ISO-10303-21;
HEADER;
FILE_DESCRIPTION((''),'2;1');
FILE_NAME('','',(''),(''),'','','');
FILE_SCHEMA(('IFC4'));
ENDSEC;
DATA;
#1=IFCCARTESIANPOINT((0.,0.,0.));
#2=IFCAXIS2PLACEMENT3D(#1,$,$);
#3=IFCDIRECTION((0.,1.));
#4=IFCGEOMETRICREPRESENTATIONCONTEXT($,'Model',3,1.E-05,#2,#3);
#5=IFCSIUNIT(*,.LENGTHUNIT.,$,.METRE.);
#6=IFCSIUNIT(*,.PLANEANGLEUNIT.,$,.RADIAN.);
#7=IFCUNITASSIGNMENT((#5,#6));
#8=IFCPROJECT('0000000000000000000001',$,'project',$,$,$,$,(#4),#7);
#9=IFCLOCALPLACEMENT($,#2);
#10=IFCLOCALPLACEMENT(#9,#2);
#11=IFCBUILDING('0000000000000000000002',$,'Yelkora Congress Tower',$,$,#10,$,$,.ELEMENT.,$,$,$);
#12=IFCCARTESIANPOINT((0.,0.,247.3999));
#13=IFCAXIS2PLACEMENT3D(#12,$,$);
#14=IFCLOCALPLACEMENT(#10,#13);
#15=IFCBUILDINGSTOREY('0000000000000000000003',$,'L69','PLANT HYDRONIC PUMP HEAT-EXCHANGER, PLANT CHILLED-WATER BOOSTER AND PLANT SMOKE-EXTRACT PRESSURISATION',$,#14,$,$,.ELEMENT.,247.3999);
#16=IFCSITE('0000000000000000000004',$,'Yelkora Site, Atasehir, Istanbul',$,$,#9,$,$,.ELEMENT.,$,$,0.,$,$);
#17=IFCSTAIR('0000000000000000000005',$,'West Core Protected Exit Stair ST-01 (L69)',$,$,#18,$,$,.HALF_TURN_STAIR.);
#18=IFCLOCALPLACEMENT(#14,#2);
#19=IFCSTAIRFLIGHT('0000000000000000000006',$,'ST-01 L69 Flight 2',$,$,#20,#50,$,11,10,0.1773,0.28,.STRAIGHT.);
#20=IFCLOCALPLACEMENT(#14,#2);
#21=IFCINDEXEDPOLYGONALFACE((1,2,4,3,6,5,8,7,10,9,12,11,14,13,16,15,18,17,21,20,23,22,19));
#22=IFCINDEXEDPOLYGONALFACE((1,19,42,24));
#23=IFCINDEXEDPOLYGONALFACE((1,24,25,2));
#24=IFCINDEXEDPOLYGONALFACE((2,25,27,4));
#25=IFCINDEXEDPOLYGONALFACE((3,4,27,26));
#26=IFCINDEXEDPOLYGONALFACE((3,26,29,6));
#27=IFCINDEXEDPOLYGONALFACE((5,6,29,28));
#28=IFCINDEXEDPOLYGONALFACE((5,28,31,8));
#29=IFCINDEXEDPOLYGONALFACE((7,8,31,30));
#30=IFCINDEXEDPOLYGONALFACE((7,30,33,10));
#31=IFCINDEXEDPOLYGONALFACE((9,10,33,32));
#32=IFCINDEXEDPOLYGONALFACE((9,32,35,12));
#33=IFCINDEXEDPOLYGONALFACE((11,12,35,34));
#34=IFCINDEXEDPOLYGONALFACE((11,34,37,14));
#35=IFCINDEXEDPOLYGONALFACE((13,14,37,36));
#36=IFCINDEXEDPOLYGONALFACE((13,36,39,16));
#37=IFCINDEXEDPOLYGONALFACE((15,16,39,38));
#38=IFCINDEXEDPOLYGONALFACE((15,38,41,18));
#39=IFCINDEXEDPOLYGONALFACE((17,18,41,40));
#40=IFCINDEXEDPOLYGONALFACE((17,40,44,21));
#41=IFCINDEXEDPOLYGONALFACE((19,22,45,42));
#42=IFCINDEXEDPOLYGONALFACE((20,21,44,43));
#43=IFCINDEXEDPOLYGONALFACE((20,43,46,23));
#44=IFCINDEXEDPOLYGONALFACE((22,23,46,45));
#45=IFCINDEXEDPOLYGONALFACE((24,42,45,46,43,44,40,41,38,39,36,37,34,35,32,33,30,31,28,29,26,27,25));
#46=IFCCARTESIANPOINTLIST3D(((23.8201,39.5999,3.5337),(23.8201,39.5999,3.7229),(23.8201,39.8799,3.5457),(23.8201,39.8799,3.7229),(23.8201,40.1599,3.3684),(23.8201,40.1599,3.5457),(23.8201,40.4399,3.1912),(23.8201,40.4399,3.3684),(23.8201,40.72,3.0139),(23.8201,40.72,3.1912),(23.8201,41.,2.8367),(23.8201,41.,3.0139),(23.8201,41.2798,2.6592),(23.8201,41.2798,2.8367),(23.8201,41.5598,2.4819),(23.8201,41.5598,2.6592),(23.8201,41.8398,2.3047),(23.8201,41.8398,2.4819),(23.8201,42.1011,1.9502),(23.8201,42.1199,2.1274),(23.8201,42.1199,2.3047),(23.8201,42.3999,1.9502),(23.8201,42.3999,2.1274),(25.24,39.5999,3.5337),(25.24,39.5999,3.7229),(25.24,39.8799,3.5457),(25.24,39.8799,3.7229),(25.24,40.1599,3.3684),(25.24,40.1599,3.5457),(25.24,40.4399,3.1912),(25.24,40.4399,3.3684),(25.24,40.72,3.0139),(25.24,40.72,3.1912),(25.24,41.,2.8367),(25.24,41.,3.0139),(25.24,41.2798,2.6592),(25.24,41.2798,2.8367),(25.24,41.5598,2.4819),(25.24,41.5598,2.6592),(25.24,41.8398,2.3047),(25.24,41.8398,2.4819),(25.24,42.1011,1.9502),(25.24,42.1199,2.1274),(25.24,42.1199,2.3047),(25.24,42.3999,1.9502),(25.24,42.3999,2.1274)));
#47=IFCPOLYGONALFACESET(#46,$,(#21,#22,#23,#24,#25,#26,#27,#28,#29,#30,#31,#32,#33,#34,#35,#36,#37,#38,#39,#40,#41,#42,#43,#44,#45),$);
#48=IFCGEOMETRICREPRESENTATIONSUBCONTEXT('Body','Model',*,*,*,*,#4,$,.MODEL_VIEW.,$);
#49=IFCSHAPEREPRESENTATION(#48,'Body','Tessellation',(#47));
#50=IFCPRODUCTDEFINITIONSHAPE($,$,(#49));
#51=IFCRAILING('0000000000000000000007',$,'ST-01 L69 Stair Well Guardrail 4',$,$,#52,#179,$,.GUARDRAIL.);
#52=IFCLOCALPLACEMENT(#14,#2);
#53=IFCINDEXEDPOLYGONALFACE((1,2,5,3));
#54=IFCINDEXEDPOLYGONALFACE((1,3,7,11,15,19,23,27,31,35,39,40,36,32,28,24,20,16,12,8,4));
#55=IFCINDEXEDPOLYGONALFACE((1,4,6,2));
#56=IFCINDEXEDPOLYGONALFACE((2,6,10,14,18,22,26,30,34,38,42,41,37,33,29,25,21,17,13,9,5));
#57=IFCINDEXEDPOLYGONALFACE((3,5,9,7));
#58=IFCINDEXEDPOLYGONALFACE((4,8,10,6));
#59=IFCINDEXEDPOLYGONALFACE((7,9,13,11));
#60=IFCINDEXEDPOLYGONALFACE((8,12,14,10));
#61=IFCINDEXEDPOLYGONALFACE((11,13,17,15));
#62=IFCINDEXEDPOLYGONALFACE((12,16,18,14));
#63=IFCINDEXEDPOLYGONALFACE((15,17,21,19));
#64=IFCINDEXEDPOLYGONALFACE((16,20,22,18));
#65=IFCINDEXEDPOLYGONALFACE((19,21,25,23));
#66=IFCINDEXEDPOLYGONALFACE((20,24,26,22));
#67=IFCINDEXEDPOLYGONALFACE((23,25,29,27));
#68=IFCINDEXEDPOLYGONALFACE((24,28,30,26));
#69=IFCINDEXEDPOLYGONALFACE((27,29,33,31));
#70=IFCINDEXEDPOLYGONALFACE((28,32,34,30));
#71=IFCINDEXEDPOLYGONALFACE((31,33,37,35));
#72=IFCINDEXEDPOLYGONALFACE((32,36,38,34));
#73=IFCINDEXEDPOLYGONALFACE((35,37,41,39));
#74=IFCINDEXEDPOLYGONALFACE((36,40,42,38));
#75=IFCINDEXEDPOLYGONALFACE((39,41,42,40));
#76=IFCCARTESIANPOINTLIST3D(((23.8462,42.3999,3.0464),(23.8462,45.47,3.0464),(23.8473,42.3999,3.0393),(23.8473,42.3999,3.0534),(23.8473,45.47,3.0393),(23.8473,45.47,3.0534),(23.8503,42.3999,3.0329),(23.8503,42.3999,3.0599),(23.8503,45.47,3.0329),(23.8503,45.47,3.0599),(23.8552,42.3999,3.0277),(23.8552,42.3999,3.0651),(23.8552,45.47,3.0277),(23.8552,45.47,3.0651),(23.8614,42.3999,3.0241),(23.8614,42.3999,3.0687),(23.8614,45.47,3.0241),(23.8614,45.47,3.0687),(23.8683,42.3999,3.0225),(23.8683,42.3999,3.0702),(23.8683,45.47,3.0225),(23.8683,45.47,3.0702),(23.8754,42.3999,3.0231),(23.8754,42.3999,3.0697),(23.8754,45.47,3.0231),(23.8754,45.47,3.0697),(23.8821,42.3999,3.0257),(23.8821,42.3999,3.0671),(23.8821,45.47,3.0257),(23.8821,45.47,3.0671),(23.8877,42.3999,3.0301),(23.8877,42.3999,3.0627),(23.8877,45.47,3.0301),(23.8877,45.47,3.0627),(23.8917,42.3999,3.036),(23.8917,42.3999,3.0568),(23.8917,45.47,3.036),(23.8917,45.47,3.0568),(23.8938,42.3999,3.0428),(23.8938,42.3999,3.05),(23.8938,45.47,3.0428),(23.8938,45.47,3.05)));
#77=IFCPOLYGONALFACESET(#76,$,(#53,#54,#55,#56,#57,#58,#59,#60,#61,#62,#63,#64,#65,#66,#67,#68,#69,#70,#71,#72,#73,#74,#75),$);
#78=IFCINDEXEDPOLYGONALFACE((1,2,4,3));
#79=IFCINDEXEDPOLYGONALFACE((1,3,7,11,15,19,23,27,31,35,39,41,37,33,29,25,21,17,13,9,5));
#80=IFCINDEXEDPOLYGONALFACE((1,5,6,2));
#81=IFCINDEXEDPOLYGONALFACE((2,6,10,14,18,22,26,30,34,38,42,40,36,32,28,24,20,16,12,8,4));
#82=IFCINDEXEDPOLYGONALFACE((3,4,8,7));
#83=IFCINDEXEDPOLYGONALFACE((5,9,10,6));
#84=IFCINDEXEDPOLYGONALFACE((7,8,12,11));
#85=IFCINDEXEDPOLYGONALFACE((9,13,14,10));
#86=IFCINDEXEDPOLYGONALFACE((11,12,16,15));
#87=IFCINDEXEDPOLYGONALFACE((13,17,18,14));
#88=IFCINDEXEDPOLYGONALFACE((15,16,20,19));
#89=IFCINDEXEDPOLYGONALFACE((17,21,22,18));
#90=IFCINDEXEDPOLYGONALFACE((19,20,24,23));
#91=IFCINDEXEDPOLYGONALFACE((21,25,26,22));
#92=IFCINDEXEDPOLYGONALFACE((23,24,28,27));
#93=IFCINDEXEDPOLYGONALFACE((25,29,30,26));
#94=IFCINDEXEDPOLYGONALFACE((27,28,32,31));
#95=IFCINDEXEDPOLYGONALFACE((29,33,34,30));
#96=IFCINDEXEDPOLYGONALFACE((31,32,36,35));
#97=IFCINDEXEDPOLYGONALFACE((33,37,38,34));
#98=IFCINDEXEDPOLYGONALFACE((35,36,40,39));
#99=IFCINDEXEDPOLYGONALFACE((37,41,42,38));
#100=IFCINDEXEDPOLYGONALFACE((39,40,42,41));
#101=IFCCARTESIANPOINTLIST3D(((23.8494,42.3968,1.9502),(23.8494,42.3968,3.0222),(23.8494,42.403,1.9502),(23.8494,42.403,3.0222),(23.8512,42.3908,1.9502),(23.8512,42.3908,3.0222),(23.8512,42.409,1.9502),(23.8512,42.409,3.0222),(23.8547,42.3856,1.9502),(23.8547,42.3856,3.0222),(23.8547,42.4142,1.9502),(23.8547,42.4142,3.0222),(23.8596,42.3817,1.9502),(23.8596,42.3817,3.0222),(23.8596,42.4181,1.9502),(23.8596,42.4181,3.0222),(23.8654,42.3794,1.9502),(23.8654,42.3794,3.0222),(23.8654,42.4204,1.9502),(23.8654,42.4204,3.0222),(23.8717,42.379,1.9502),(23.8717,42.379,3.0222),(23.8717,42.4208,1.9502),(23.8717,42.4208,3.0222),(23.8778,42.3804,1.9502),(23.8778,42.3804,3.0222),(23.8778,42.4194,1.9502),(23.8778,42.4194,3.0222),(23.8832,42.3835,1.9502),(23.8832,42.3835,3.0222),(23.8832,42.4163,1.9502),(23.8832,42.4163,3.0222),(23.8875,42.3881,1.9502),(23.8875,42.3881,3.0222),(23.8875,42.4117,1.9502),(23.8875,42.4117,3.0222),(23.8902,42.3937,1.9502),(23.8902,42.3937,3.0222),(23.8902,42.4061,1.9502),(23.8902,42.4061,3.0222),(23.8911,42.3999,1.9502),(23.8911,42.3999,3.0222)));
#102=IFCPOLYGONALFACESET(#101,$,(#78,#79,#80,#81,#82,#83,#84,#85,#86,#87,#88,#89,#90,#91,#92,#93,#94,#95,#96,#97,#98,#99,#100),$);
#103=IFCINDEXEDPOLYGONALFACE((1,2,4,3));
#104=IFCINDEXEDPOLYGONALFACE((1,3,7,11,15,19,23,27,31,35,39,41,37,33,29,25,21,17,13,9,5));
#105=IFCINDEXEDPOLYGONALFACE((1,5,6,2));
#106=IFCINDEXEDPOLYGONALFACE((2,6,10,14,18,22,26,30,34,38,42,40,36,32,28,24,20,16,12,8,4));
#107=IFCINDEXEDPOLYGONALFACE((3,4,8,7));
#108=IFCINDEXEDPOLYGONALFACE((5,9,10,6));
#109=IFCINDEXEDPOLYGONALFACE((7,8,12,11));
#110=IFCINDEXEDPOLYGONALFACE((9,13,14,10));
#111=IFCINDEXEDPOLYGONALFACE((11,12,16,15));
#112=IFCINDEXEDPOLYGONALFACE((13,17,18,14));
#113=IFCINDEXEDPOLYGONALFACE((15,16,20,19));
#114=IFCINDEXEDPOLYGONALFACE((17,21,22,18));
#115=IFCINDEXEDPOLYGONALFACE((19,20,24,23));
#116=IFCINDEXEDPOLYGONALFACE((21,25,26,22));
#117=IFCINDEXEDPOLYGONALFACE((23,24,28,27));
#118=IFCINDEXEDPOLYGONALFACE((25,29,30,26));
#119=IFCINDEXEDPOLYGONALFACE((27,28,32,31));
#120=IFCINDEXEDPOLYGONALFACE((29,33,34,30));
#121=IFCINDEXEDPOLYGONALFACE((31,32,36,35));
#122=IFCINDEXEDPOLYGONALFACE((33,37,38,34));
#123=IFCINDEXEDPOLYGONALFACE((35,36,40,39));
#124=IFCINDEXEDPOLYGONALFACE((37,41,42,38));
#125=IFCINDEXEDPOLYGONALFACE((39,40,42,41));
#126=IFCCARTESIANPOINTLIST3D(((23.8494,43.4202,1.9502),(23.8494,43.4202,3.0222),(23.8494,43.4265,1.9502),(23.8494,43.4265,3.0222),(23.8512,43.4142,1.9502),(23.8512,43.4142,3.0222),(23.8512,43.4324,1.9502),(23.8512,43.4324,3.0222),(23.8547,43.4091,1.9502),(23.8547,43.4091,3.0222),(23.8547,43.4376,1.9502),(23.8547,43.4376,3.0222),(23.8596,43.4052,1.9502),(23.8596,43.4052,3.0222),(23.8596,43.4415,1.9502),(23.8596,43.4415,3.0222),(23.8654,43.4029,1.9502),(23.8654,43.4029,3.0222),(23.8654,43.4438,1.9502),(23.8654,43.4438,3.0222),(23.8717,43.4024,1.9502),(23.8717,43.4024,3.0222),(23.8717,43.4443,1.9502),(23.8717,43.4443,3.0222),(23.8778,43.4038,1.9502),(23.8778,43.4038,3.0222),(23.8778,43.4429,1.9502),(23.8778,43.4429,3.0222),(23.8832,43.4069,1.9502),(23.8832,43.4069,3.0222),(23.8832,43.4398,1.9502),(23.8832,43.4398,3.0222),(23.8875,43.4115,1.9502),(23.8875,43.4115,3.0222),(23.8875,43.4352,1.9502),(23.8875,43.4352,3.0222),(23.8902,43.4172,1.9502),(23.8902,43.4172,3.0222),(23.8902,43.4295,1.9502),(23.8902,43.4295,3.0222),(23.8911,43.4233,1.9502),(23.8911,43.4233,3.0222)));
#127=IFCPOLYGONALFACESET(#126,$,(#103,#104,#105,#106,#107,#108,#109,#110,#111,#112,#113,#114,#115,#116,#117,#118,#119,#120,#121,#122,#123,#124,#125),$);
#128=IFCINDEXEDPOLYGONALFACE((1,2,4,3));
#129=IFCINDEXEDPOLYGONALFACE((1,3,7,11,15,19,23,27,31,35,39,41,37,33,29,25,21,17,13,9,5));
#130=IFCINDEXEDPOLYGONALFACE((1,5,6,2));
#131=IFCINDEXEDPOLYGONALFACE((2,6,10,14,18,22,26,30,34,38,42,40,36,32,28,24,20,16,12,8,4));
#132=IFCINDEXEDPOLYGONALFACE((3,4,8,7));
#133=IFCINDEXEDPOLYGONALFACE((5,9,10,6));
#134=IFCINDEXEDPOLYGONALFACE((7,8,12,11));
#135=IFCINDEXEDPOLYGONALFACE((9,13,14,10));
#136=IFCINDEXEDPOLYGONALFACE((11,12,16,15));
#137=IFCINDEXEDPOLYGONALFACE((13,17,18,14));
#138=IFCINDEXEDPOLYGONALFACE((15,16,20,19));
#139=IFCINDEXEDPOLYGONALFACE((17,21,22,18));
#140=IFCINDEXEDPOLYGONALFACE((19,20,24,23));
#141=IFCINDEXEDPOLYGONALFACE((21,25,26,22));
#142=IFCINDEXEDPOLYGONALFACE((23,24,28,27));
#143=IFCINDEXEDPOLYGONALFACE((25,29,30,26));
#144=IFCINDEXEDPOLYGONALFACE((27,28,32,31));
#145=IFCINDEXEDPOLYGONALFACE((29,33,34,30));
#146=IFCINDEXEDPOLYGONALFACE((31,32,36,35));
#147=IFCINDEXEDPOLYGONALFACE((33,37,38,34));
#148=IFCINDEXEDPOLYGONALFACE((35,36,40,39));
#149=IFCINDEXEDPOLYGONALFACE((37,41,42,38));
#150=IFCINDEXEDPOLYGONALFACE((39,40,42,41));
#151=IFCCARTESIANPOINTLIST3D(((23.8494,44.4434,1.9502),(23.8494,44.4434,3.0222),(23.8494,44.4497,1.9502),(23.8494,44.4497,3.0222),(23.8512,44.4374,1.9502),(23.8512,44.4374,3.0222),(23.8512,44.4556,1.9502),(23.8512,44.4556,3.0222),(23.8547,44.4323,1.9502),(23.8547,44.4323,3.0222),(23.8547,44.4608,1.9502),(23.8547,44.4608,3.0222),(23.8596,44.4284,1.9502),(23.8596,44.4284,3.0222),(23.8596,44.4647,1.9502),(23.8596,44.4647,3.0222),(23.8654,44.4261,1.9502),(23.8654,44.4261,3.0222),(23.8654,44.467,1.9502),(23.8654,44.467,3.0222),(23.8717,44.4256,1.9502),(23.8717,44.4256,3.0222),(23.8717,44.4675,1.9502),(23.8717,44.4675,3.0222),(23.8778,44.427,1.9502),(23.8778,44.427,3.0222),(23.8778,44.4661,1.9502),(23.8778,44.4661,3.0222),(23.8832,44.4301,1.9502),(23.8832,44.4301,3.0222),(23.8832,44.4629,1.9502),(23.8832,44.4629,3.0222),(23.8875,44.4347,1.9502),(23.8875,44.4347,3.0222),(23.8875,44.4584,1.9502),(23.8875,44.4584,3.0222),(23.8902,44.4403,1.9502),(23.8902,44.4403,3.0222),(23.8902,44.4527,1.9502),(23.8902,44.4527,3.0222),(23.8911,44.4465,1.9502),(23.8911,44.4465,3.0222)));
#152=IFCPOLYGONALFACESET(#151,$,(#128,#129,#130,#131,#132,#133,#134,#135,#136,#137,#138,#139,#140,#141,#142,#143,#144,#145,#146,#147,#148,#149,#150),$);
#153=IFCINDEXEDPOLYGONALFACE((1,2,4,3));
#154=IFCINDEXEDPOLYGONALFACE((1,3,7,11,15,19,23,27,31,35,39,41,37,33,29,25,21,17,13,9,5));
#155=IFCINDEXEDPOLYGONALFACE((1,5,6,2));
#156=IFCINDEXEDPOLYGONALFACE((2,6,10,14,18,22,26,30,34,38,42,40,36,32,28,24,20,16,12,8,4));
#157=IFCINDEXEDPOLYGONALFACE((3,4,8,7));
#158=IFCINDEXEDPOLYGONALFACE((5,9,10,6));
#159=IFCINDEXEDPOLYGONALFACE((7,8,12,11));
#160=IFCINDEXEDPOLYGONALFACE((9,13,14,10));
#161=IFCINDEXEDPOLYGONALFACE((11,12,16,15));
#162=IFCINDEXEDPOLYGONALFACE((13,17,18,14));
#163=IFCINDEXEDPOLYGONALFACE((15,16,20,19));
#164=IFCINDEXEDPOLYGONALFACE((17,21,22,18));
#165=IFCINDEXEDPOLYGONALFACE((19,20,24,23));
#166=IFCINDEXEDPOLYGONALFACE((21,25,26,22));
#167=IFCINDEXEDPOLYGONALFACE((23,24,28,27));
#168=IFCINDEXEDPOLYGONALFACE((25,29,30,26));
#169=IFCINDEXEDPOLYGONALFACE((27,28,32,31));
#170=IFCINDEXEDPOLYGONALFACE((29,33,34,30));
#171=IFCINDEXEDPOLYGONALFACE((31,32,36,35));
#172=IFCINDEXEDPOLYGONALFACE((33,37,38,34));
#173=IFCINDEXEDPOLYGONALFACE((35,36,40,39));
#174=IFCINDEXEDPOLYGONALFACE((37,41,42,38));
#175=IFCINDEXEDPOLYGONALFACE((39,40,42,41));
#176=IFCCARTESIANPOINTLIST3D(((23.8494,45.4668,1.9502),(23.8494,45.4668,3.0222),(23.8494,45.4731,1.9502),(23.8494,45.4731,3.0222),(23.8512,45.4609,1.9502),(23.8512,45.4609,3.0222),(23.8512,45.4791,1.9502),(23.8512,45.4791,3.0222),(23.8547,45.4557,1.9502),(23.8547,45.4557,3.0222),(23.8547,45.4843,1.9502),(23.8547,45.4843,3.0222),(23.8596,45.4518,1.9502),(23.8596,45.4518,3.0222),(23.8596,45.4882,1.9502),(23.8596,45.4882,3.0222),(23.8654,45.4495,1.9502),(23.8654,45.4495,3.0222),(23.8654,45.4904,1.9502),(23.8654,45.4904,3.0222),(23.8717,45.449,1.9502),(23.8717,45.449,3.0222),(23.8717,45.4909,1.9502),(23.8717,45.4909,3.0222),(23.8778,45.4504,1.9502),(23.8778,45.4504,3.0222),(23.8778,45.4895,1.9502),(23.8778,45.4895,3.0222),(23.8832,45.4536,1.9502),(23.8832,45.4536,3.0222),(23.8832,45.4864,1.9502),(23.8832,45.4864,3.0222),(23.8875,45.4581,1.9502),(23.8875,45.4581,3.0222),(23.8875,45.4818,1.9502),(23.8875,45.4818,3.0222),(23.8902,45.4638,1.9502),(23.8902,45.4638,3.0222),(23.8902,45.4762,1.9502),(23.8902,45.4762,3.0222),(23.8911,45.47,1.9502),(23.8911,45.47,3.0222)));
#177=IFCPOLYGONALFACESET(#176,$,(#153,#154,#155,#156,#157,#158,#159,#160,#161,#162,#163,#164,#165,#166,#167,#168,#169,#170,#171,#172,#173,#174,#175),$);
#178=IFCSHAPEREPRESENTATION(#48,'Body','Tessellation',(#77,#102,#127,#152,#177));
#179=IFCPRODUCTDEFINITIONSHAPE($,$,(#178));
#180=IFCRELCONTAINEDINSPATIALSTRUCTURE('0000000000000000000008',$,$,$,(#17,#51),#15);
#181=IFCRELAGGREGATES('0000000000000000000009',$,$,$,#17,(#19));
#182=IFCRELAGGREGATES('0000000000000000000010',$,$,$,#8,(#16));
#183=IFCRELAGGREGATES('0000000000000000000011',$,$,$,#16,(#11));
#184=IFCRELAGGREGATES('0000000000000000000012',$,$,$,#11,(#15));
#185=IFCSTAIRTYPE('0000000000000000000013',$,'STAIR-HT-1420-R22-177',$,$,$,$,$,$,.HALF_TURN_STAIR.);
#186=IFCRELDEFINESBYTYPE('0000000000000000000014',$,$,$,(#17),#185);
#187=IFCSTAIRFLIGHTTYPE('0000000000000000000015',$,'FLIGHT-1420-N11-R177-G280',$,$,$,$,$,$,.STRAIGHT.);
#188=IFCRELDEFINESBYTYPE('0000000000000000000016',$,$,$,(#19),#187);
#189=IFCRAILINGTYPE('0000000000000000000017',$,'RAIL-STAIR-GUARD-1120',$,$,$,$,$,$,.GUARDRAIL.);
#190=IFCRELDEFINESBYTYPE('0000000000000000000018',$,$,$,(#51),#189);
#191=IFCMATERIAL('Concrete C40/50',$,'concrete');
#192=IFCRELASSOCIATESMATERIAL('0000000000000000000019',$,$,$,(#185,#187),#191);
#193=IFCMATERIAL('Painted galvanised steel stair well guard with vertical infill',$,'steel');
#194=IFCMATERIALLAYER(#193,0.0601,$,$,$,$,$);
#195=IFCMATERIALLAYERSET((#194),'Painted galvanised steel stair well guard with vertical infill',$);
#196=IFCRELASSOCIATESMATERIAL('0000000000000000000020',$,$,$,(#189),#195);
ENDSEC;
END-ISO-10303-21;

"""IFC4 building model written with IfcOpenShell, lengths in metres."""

from ifc_helpers import new_model, si_unit, direction, frame, origin, origin_2d, place, context, subcontext, project, spatial, polyline, circle, outline, extrude, material, layer, layer_set, type_object, element, aggregate, save


model = new_model("IFC4")

# Units and contexts
model_context = context("Model", 3, precision=1e-05, world=origin(), true_north=direction((0.0, 1.0)))
body_context = subcontext(model_context, "Body", "Model", "MODEL_VIEW")
ifc_project = project(units=[si_unit("LENGTHUNIT", "METRE"), si_unit("PLANEANGLEUNIT", "RADIAN")], contexts=[model_context])

# Site, building, storey
site_placement = place(None, origin())
site = spatial("IfcSite", under=ifc_project, at=site_placement, Name="Yelkora Site, Atasehir, Istanbul", CompositionType="ELEMENT", RefElevation=0.0)
building_placement = place(site_placement, origin())
building = spatial("IfcBuilding", under=site, at=building_placement, Name="Yelkora Congress Tower", CompositionType="ELEMENT")
storey_placement = place(building_placement, frame((0.0, 0.0, 247.3999)))
storey = spatial("IfcBuildingStorey", under=building, at=storey_placement, Name="L69", Description="PLANT HYDRONIC PUMP HEAT-EXCHANGER, PLANT CHILLED-WATER BOOSTER AND PLANT SMOKE-EXTRACT PRESSURISATION", CompositionType="ELEMENT", Elevation=247.3999)

# Stair, stair flight
ifc_material_1 = material(Name="Concrete C40/50", Category="concrete")
stair_type = type_object("IfcStairType", Name="STAIR-HT-1420-R22-177", PredefinedType="HALF_TURN_STAIR", material=ifc_material_1)
stair_placement = place(storey_placement, origin())
stair = element("IfcStair", 1, at=stair_placement, inside=storey, type_object=stair_type, Name="West Core Protected Exit Stair ST-01 (L69)", PredefinedType="HALF_TURN_STAIR")
stair_flight_type = type_object("IfcStairFlightType", Name="FLIGHT-1420-N11-R177-G280", PredefinedType="STRAIGHT", material=ifc_material_1)
stair_flight_placement = place(storey_placement, frame((24.53, 42.3999, 1.9502), z_axis=(0.0, 0.0, 1.0), x_axis=(0.0, -1.0, 0.0)))
stair_flight = element("IfcStairFlight", 2, at=stair_flight_placement, type_object=stair_flight_type, Name="ST-01 L69 Flight 2", NumberOfRisers=11, NumberOfTreads=10, PredefinedType="STRAIGHT", RiserHeight=0.1773, TreadLength=0.28, context=body_context, shape_type="SweptSolid", body=[
    extrude(outline(polyline([(0.0, 0.0), (0.0, 0.1772), (0.28, 0.1772), (0.28, 0.3545), (0.5601, 0.3545), (0.5601, 0.5317), (0.8401, 0.5317), (0.8401, 0.709), (1.1201, 0.709), (1.1201, 0.8865), (1.3999, 0.8865), (1.3999, 1.0637), (1.6799, 1.0637), (1.6799, 1.241), (1.96, 1.241), (1.96, 1.4182), (2.24, 1.4182), (2.24, 1.5955), (2.52, 1.5955), (2.52, 1.7727), (2.8, 1.7727), (2.8, 1.95), (2.8, 1.5835), (0.2988, 0.0), (0.0, 0.0)])), frame((0.0, 0.71, 0.0), z_axis=(0.0, -1.0, 0.0), x_axis=(1.0, 0.0, 0.0)), (0.0, 0.0, 1.0), 1.4199),
])
aggregate(stair, [stair_flight])

# Railing
ifc_material_2 = material(Name="Painted galvanised steel stair well guard with vertical infill", Category="steel")
ifc_layer_1 = layer(ifc_material_2, 0.0601)
ifc_layer_set_1 = layer_set([ifc_layer_1], Name="Painted galvanised steel stair well guard with vertical infill")
railing_type_1 = type_object("IfcRailingType", Name="RAIL-STAIR-GUARD-1120", PredefinedType="GUARDRAIL", material=ifc_layer_set_1)
railing_1_placement = place(storey_placement, frame((23.8701, 42.3999, 1.9502)))
element("IfcRailing", 3, at=railing_1_placement, inside=storey, type_object=railing_type_1, Name="ST-01 L69 Stair Well Guardrail 4", PredefinedType="GUARDRAIL", context=body_context, shape_type="SweptSolid", body=[
    extrude(circle(Radius=0.0239, at=origin_2d()), frame((0.0, 0.0, 1.0962), z_axis=(0.0, 1.0, 0.0), x_axis=(-1.0, 0.0, 0.0)), (0.0, 0.0, 1.0), 3.0701),
    extrude(circle(Radius=0.021, at=origin_2d()), origin(), (0.0, 0.0, 1.0), 1.072),
    extrude(circle(Radius=0.021, at=origin_2d()), frame((0.0, 1.0234, 0.0)), (0.0, 0.0, 1.0), 1.072),
    extrude(circle(Radius=0.021, at=origin_2d()), frame((0.0, 2.0466, 0.0)), (0.0, 0.0, 1.0), 1.072),
    extrude(circle(Radius=0.021, at=origin_2d()), frame((0.0, 3.0701, 0.0)), (0.0, 0.0, 1.0), 1.072),
])

save(model, "model.ifc")
